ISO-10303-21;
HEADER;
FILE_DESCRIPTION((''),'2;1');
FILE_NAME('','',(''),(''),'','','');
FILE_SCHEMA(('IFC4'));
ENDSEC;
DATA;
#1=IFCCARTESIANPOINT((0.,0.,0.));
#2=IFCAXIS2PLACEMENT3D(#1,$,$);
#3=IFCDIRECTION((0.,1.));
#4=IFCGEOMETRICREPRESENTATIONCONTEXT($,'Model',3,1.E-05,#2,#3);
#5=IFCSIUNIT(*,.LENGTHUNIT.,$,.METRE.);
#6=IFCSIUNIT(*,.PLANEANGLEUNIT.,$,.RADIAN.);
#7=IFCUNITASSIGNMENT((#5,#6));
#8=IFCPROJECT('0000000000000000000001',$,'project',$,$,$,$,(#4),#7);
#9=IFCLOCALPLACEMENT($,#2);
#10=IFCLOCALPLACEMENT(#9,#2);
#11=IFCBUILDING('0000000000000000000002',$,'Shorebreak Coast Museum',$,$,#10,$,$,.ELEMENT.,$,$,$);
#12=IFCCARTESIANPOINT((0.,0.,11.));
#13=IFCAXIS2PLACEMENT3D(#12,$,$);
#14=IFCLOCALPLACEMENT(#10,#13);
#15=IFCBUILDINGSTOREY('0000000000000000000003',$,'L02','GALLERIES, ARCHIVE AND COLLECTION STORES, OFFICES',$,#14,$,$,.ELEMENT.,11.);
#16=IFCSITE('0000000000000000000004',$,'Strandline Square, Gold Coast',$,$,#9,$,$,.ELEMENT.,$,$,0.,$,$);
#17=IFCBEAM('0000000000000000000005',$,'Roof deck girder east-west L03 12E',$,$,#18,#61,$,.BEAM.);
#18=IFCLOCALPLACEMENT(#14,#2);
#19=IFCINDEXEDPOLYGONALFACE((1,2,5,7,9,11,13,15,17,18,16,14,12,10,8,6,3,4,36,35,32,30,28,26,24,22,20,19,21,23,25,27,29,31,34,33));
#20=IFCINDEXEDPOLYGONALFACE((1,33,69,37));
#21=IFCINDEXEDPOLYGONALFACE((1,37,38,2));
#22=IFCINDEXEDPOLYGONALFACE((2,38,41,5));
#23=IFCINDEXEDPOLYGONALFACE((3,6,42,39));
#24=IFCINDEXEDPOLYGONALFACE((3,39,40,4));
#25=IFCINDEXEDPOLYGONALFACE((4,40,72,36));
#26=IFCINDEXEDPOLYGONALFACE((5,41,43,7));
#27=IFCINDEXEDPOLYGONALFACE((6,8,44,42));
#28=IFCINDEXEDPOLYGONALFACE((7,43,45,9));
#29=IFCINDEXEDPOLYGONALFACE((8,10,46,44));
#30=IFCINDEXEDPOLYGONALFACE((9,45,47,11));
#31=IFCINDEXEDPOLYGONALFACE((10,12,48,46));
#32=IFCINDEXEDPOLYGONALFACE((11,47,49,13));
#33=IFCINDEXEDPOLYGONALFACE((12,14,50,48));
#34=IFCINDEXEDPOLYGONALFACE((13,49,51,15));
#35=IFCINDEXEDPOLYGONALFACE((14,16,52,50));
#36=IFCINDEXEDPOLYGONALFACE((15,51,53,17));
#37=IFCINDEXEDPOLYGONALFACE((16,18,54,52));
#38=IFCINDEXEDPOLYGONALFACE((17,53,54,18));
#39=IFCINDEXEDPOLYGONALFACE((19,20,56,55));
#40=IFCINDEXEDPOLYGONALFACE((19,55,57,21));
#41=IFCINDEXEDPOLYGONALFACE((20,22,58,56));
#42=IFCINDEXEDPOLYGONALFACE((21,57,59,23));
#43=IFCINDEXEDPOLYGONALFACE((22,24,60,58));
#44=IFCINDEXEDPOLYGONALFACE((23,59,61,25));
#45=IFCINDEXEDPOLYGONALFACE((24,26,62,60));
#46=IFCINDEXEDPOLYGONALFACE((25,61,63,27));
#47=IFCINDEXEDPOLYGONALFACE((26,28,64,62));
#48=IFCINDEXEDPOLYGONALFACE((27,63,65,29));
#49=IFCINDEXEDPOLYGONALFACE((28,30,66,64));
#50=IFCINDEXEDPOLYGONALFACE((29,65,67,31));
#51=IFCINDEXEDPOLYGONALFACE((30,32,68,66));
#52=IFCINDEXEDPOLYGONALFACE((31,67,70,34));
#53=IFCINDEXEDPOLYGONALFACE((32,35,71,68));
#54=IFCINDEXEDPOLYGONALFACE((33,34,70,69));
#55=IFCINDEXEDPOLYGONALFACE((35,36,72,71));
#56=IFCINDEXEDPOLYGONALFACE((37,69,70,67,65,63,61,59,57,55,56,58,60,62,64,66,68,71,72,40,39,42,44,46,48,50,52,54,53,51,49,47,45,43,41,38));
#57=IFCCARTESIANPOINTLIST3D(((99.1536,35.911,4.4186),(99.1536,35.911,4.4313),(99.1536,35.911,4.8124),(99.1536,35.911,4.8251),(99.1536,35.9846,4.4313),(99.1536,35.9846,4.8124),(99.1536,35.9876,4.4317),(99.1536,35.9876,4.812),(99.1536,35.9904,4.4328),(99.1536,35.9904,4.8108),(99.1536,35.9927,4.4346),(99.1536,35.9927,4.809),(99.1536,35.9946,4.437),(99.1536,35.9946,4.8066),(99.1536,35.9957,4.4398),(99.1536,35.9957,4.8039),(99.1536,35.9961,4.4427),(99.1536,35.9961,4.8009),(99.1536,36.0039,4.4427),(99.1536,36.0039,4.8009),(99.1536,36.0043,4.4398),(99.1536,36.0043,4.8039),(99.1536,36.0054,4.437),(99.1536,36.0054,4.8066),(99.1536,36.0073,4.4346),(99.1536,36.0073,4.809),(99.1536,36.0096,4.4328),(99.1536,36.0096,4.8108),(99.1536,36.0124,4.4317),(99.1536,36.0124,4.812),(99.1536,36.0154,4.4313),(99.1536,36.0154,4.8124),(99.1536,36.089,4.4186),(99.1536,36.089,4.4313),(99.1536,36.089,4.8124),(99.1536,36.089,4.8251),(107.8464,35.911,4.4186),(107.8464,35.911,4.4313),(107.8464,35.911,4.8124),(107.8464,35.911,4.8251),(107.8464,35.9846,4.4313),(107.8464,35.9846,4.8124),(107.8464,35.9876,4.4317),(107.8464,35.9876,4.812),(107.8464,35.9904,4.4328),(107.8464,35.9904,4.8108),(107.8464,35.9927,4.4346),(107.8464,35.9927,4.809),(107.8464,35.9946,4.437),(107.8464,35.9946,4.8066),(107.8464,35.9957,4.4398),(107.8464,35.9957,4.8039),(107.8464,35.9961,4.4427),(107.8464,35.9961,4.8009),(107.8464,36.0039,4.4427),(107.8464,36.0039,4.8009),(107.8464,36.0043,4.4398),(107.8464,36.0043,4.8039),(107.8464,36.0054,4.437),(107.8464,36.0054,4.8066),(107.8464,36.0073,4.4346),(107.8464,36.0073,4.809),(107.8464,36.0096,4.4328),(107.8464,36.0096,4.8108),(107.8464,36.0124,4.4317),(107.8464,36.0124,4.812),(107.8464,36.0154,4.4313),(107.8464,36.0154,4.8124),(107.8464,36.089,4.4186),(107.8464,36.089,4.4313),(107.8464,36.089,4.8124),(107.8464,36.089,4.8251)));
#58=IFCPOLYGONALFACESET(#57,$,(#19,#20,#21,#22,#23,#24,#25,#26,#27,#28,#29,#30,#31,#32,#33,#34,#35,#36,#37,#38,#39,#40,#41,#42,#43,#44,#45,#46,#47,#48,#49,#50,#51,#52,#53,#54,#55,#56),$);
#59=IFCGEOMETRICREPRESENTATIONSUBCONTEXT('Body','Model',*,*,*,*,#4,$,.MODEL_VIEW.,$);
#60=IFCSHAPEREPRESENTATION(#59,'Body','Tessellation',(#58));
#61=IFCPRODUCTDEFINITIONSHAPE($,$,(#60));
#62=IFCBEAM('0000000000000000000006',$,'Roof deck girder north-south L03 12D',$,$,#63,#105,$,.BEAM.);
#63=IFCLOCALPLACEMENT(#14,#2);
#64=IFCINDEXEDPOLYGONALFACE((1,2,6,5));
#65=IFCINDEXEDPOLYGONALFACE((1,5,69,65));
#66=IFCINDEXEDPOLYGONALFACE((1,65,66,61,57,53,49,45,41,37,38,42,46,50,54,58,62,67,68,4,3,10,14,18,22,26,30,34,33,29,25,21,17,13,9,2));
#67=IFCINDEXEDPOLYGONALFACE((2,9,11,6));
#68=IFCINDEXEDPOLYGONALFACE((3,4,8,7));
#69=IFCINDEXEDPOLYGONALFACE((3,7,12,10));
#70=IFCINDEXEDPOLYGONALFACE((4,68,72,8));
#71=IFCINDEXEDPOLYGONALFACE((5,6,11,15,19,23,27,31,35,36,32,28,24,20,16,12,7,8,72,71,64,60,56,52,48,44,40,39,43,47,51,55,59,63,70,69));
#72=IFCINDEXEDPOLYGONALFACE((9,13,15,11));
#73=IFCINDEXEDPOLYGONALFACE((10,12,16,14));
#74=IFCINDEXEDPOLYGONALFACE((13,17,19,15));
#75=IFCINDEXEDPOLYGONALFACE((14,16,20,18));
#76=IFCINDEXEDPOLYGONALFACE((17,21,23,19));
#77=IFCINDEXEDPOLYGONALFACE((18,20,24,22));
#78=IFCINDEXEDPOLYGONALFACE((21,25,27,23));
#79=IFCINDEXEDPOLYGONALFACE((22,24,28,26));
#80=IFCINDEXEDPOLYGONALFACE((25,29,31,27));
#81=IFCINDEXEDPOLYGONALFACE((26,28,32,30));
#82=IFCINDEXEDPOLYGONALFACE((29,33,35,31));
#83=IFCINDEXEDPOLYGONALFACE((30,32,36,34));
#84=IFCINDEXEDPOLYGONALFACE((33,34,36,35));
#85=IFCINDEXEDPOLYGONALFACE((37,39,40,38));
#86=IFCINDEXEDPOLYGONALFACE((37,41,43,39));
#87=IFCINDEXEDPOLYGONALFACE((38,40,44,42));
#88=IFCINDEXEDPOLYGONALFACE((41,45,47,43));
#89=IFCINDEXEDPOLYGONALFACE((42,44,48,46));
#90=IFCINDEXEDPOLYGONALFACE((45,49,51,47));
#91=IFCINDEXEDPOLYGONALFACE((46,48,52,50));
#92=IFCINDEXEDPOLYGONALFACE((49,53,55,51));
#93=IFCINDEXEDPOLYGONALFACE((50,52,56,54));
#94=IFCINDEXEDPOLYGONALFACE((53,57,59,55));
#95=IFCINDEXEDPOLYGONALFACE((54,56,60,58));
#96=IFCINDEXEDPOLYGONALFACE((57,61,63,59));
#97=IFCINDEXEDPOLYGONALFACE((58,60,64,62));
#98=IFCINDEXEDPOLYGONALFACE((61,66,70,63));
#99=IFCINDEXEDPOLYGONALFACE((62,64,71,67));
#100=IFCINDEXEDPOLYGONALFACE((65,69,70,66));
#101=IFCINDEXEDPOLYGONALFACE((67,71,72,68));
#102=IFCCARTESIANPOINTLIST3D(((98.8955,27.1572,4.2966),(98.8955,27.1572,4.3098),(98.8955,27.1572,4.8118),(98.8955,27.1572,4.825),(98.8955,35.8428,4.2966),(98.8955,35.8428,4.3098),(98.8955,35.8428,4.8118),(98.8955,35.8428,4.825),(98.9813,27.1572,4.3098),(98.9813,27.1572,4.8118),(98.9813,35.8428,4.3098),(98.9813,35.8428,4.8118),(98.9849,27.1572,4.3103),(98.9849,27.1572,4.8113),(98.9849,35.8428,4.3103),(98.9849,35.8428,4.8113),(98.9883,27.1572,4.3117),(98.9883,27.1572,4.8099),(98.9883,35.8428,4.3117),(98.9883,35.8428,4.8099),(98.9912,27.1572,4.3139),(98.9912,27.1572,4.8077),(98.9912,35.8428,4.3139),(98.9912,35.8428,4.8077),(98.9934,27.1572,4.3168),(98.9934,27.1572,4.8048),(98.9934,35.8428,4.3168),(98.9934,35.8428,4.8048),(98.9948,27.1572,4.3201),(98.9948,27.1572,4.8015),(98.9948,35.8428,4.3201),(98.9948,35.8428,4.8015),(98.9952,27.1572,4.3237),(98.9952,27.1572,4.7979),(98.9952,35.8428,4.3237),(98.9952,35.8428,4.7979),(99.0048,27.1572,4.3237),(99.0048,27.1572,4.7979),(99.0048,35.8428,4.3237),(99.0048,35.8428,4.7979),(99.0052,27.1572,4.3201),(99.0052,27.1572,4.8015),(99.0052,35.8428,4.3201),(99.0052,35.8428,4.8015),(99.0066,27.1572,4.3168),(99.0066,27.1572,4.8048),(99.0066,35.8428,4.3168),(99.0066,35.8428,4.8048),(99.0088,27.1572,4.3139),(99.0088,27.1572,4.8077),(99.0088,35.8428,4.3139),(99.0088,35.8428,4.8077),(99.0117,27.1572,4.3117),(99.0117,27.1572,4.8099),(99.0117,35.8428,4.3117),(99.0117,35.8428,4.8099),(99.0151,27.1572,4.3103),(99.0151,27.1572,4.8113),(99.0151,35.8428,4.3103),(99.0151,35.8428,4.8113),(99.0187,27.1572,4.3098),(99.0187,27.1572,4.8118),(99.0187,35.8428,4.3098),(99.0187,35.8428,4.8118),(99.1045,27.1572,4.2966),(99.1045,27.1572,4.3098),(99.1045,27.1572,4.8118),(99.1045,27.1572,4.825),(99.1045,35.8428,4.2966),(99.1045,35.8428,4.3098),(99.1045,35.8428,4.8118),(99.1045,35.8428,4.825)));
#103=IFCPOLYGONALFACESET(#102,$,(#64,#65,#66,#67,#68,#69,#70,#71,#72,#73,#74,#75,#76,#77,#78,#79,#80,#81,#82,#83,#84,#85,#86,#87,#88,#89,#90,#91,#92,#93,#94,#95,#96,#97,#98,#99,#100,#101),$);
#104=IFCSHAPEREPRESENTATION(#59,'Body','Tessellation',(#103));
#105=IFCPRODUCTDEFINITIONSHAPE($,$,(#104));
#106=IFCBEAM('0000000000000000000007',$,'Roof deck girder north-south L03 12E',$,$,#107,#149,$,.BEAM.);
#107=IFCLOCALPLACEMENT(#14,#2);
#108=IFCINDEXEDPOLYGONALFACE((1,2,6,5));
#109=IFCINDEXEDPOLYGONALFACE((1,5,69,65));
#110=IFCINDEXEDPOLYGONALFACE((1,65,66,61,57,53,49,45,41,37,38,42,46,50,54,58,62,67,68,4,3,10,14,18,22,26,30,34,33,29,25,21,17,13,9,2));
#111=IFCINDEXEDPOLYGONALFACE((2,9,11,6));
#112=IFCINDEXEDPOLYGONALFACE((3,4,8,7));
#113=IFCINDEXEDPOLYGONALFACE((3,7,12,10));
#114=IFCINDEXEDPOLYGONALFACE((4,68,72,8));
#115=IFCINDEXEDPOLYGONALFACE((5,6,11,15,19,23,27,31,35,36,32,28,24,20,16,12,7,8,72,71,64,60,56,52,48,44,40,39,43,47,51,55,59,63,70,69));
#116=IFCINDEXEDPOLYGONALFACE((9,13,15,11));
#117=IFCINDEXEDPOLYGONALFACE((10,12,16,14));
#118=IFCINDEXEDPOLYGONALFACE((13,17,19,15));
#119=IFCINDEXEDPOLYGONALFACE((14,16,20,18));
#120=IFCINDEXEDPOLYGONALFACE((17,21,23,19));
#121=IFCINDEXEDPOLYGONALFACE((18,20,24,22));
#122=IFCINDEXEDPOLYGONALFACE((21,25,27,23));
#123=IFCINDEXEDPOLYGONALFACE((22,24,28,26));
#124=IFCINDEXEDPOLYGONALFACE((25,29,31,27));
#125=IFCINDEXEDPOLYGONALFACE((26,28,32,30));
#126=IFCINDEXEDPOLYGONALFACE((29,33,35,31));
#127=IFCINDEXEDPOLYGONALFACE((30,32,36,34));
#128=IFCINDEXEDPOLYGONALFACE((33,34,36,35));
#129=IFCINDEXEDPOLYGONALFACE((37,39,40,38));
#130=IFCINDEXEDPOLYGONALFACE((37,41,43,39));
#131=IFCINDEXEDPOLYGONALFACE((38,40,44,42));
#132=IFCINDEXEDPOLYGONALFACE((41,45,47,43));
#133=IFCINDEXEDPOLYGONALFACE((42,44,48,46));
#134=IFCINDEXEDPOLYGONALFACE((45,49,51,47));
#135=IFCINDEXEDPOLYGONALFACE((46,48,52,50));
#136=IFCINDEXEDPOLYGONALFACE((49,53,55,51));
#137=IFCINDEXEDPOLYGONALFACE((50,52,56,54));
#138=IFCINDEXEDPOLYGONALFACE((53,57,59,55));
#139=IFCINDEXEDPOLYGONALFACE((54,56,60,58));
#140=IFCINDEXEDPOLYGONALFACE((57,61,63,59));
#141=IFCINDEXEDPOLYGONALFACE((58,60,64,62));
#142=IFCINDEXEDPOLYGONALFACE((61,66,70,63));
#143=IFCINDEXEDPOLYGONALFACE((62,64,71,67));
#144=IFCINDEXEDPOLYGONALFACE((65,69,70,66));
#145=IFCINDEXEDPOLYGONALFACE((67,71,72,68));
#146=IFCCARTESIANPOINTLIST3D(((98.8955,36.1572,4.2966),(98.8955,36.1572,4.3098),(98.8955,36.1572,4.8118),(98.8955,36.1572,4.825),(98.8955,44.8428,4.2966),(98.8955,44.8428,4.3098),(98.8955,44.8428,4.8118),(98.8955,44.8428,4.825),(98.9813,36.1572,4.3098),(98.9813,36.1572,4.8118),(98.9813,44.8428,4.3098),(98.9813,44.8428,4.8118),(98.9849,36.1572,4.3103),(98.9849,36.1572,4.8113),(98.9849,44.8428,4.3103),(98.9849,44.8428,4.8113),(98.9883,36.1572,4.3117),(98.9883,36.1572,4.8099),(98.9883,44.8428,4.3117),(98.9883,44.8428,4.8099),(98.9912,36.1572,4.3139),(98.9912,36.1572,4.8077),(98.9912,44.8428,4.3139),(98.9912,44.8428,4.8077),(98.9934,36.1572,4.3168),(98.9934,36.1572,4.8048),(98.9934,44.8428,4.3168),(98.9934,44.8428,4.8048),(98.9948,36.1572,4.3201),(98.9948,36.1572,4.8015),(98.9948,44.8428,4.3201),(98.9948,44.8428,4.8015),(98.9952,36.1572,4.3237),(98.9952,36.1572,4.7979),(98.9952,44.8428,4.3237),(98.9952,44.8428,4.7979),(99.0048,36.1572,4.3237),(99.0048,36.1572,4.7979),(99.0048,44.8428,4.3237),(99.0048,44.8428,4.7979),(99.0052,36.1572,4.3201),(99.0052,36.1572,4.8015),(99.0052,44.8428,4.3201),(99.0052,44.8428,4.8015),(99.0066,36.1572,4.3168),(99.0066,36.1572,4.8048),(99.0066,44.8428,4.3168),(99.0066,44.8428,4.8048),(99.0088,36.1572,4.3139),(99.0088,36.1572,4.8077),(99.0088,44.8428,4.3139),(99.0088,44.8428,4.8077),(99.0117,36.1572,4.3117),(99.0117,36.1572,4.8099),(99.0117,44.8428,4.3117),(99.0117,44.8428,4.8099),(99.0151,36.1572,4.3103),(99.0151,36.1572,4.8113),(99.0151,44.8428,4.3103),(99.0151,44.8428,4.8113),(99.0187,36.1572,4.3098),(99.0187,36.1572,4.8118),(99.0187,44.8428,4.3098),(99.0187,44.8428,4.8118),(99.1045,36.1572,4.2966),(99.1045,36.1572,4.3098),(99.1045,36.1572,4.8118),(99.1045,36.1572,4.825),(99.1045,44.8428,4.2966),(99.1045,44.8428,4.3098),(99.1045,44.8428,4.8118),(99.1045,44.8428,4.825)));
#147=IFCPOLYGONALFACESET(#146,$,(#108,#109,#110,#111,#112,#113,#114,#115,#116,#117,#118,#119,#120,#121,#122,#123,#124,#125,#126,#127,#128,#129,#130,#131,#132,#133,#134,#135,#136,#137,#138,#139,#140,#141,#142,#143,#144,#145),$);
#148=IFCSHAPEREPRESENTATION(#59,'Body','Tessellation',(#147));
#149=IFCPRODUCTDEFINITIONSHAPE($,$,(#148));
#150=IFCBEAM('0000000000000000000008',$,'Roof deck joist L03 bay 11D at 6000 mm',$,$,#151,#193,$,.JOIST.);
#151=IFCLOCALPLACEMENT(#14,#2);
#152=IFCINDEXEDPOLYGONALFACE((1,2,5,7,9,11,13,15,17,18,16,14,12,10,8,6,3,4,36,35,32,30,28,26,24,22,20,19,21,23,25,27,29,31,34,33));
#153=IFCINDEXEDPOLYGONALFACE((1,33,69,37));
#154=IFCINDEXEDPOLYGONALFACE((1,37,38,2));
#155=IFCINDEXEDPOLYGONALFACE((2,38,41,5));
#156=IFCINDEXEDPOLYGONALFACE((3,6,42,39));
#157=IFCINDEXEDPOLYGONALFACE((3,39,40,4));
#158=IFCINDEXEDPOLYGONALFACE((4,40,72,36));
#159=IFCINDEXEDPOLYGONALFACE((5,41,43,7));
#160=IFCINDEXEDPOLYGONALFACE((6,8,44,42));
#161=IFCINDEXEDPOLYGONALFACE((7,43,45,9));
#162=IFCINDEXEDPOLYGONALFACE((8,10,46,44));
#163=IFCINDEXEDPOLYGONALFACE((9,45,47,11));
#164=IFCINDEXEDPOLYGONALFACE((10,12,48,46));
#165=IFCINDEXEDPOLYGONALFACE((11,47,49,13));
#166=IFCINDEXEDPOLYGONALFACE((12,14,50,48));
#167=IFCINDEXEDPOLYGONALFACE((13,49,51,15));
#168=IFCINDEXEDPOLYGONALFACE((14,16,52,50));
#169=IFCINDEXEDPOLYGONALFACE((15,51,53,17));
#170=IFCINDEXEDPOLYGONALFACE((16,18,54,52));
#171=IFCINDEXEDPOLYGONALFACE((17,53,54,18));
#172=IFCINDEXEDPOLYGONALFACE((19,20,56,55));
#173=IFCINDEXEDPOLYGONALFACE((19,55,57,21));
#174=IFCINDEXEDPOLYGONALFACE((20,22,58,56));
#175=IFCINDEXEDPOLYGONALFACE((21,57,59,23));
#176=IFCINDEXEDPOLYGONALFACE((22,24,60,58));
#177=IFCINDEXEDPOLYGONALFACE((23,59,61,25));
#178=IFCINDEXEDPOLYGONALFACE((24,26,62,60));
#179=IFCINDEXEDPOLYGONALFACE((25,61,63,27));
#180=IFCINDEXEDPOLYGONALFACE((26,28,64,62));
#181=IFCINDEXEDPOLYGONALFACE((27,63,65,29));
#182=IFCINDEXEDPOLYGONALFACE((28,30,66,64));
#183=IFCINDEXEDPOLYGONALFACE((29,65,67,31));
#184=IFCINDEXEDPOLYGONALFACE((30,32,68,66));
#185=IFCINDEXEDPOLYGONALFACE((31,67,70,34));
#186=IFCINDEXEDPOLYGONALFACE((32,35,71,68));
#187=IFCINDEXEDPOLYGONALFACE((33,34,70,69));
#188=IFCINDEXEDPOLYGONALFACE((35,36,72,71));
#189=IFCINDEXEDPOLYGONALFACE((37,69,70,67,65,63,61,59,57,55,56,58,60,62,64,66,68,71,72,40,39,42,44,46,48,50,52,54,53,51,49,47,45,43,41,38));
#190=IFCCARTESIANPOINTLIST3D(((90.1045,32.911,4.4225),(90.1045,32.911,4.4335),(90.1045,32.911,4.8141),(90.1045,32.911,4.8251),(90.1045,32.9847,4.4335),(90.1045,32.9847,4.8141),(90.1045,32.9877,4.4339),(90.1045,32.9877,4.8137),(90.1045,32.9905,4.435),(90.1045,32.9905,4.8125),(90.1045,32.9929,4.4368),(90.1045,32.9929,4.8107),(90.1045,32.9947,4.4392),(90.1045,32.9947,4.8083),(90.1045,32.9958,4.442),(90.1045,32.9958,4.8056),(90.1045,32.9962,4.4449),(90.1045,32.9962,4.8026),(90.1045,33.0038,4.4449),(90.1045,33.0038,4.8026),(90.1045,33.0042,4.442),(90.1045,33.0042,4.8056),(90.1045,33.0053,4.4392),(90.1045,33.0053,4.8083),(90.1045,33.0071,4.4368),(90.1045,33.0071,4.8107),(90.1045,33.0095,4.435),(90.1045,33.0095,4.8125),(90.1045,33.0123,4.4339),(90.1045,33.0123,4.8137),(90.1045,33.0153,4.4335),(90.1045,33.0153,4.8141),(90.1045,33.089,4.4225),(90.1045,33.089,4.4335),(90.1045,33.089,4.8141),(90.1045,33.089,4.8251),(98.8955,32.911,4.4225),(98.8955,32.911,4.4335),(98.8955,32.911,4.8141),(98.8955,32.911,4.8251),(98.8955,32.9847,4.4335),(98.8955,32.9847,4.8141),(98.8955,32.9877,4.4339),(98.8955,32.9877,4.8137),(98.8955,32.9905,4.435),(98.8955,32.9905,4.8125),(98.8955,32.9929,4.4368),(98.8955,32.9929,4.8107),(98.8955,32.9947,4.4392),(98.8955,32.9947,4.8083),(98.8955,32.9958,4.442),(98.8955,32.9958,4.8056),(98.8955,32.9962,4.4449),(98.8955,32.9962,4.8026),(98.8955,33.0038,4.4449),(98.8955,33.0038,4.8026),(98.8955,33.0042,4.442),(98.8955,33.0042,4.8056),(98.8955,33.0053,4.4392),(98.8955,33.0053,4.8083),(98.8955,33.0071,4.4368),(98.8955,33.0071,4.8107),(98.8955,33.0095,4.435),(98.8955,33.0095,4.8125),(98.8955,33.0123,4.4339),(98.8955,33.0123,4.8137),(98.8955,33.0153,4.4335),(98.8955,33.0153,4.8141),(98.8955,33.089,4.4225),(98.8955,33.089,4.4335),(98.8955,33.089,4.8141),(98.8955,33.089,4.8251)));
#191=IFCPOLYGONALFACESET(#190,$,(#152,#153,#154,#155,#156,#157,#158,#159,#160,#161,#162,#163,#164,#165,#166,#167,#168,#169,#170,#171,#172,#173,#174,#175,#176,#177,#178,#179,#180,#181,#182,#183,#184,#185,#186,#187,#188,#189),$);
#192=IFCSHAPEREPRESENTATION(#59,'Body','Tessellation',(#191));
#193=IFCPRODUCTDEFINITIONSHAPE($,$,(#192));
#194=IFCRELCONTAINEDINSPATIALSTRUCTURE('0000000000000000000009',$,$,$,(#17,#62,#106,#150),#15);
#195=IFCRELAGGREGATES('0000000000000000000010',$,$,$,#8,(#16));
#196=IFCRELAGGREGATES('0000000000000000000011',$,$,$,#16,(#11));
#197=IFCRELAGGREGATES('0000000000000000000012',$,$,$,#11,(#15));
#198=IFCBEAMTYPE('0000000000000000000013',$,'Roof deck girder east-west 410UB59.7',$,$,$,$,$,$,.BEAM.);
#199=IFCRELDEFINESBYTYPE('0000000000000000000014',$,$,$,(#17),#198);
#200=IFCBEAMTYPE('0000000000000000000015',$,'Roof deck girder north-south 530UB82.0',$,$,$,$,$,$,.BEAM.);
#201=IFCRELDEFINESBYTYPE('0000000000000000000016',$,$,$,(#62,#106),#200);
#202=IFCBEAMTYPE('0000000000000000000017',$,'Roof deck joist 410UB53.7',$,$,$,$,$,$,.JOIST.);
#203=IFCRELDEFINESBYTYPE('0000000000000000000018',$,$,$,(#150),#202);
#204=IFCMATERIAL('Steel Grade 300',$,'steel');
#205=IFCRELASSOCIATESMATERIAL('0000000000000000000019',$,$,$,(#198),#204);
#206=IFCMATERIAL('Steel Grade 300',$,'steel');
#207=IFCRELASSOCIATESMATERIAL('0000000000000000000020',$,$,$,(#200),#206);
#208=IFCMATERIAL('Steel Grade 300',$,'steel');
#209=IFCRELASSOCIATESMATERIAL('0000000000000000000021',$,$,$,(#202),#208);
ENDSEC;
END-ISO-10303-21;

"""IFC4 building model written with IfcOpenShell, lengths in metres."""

from ifc_helpers import new_model, si_unit, direction, frame, origin, origin_2d, place, context, subcontext, project, spatial, i_section, extrude, material, material_profile, profile_set, type_object, element, save


model = new_model("IFC4")

# Units and contexts
model_context = context("Model", 3, precision=1e-05, world=origin(), true_north=direction((0.0, 1.0)))
body_context = subcontext(model_context, "Body", "Model", "MODEL_VIEW")
ifc_project = project(units=[si_unit("LENGTHUNIT", "METRE"), si_unit("PLANEANGLEUNIT", "RADIAN")], contexts=[model_context])

# Site, building, storey
site_placement = place(None, origin())
site = spatial("IfcSite", under=ifc_project, at=site_placement, Name="Strandline Square, Gold Coast", CompositionType="ELEMENT", RefElevation=0.0)
building_placement = place(site_placement, origin())
building = spatial("IfcBuilding", under=site, at=building_placement, Name="Shorebreak Coast Museum", CompositionType="ELEMENT")
storey_placement = place(building_placement, frame((0.0, 0.0, 11.0)))
storey = spatial("IfcBuildingStorey", under=building, at=storey_placement, Name="L02", Description="GALLERIES, ARCHIVE AND COLLECTION STORES, OFFICES", CompositionType="ELEMENT", Elevation=11.0)

# Beams
ifc_material_1 = material(Name="Steel Grade 300", Category="steel")
ifc_material_profile_1 = material_profile(ifc_material_1, i_section(OverallWidth=0.178, OverallDepth=0.4065, WebThickness=0.0078, FlangeThickness=0.0127, FilletRadius=0.0115, at=origin_2d()), Name="410UB59.7")
ifc_profile_set_1 = profile_set([ifc_material_profile_1], Name="Steel Grade 300")
beam_type_1 = type_object("IfcBeamType", Name="Roof deck girder east-west 410UB59.7", PredefinedType="BEAM", material=ifc_profile_set_1)
for number, where, z_axis, x_axis, name in (
    (1, (99.1536, 36.0, 4.6218), (1.0, 0.0, 0.0), (0.0, 1.0, 0.0), "Roof deck girder east-west L03 12E"),
):
    element("IfcBeam", number, at=place(storey_placement, frame(where, z_axis=z_axis, x_axis=x_axis)), inside=storey, type_object=beam_type_1, Name=name, PredefinedType="BEAM", context=body_context, shape_type="SweptSolid", body=[
        extrude(i_section(OverallWidth=0.178, OverallDepth=0.4065, WebThickness=0.0078, FlangeThickness=0.0127, FilletRadius=0.0115, at=origin_2d()), origin(), (0.0, 0.0, 1.0), 8.6929),
    ])
ifc_material_2 = material(Name="Steel Grade 300", Category="steel")
ifc_material_profile_2 = material_profile(ifc_material_2, i_section(OverallWidth=0.209, OverallDepth=0.5283, WebThickness=0.0095, FlangeThickness=0.0132, FilletRadius=0.0139, at=origin_2d()), Name="530UB82.0")
ifc_profile_set_2 = profile_set([ifc_material_profile_2], Name="Steel Grade 300")
beam_type_2 = type_object("IfcBeamType", Name="Roof deck girder north-south 530UB82.0", PredefinedType="BEAM", material=ifc_profile_set_2)
for number, where, z_axis, x_axis, name in (
    (2, (99.0, 27.1572, 4.5608), (0.0, 1.0, 0.0), (-1.0, 0.0, 0.0), "Roof deck girder north-south L03 12D"),
    (3, (99.0, 36.1572, 4.5608), (0.0, 1.0, 0.0), (-1.0, 0.0, 0.0), "Roof deck girder north-south L03 12E"),
):
    element("IfcBeam", number, at=place(storey_placement, frame(where, z_axis=z_axis, x_axis=x_axis)), inside=storey, type_object=beam_type_2, Name=name, PredefinedType="BEAM", context=body_context, shape_type="SweptSolid", body=[
        extrude(i_section(OverallWidth=0.209, OverallDepth=0.5283, WebThickness=0.0095, FlangeThickness=0.0132, FilletRadius=0.0139, at=origin_2d()), origin(), (0.0, 0.0, 1.0), 8.6855),
    ])
ifc_material_3 = material(Name="Steel Grade 300", Category="steel")
ifc_material_profile_3 = material_profile(ifc_material_3, i_section(OverallWidth=0.178, OverallDepth=0.4026, WebThickness=0.0076, FlangeThickness=0.011, FilletRadius=0.0115, at=origin_2d()), Name="410UB53.7")
ifc_profile_set_3 = profile_set([ifc_material_profile_3], Name="Steel Grade 300")
beam_type_3 = type_object("IfcBeamType", Name="Roof deck joist 410UB53.7", PredefinedType="JOIST", material=ifc_profile_set_3)
for number, where, z_axis, x_axis, name in (
    (4, (90.1045, 33.0, 4.6238), (1.0, 0.0, 0.0), (0.0, 1.0, 0.0), "Roof deck joist L03 bay 11D at 6000 mm"),
):
    element("IfcBeam", number, at=place(storey_placement, frame(where, z_axis=z_axis, x_axis=x_axis)), inside=storey, type_object=beam_type_3, Name=name, PredefinedType="JOIST", context=body_context, shape_type="SweptSolid", body=[
        extrude(i_section(OverallWidth=0.178, OverallDepth=0.4026, WebThickness=0.0076, FlangeThickness=0.011, FilletRadius=0.0115, at=origin_2d()), origin(), (0.0, 0.0, 1.0), 8.791),
    ])

save(model, "model.ifc")
